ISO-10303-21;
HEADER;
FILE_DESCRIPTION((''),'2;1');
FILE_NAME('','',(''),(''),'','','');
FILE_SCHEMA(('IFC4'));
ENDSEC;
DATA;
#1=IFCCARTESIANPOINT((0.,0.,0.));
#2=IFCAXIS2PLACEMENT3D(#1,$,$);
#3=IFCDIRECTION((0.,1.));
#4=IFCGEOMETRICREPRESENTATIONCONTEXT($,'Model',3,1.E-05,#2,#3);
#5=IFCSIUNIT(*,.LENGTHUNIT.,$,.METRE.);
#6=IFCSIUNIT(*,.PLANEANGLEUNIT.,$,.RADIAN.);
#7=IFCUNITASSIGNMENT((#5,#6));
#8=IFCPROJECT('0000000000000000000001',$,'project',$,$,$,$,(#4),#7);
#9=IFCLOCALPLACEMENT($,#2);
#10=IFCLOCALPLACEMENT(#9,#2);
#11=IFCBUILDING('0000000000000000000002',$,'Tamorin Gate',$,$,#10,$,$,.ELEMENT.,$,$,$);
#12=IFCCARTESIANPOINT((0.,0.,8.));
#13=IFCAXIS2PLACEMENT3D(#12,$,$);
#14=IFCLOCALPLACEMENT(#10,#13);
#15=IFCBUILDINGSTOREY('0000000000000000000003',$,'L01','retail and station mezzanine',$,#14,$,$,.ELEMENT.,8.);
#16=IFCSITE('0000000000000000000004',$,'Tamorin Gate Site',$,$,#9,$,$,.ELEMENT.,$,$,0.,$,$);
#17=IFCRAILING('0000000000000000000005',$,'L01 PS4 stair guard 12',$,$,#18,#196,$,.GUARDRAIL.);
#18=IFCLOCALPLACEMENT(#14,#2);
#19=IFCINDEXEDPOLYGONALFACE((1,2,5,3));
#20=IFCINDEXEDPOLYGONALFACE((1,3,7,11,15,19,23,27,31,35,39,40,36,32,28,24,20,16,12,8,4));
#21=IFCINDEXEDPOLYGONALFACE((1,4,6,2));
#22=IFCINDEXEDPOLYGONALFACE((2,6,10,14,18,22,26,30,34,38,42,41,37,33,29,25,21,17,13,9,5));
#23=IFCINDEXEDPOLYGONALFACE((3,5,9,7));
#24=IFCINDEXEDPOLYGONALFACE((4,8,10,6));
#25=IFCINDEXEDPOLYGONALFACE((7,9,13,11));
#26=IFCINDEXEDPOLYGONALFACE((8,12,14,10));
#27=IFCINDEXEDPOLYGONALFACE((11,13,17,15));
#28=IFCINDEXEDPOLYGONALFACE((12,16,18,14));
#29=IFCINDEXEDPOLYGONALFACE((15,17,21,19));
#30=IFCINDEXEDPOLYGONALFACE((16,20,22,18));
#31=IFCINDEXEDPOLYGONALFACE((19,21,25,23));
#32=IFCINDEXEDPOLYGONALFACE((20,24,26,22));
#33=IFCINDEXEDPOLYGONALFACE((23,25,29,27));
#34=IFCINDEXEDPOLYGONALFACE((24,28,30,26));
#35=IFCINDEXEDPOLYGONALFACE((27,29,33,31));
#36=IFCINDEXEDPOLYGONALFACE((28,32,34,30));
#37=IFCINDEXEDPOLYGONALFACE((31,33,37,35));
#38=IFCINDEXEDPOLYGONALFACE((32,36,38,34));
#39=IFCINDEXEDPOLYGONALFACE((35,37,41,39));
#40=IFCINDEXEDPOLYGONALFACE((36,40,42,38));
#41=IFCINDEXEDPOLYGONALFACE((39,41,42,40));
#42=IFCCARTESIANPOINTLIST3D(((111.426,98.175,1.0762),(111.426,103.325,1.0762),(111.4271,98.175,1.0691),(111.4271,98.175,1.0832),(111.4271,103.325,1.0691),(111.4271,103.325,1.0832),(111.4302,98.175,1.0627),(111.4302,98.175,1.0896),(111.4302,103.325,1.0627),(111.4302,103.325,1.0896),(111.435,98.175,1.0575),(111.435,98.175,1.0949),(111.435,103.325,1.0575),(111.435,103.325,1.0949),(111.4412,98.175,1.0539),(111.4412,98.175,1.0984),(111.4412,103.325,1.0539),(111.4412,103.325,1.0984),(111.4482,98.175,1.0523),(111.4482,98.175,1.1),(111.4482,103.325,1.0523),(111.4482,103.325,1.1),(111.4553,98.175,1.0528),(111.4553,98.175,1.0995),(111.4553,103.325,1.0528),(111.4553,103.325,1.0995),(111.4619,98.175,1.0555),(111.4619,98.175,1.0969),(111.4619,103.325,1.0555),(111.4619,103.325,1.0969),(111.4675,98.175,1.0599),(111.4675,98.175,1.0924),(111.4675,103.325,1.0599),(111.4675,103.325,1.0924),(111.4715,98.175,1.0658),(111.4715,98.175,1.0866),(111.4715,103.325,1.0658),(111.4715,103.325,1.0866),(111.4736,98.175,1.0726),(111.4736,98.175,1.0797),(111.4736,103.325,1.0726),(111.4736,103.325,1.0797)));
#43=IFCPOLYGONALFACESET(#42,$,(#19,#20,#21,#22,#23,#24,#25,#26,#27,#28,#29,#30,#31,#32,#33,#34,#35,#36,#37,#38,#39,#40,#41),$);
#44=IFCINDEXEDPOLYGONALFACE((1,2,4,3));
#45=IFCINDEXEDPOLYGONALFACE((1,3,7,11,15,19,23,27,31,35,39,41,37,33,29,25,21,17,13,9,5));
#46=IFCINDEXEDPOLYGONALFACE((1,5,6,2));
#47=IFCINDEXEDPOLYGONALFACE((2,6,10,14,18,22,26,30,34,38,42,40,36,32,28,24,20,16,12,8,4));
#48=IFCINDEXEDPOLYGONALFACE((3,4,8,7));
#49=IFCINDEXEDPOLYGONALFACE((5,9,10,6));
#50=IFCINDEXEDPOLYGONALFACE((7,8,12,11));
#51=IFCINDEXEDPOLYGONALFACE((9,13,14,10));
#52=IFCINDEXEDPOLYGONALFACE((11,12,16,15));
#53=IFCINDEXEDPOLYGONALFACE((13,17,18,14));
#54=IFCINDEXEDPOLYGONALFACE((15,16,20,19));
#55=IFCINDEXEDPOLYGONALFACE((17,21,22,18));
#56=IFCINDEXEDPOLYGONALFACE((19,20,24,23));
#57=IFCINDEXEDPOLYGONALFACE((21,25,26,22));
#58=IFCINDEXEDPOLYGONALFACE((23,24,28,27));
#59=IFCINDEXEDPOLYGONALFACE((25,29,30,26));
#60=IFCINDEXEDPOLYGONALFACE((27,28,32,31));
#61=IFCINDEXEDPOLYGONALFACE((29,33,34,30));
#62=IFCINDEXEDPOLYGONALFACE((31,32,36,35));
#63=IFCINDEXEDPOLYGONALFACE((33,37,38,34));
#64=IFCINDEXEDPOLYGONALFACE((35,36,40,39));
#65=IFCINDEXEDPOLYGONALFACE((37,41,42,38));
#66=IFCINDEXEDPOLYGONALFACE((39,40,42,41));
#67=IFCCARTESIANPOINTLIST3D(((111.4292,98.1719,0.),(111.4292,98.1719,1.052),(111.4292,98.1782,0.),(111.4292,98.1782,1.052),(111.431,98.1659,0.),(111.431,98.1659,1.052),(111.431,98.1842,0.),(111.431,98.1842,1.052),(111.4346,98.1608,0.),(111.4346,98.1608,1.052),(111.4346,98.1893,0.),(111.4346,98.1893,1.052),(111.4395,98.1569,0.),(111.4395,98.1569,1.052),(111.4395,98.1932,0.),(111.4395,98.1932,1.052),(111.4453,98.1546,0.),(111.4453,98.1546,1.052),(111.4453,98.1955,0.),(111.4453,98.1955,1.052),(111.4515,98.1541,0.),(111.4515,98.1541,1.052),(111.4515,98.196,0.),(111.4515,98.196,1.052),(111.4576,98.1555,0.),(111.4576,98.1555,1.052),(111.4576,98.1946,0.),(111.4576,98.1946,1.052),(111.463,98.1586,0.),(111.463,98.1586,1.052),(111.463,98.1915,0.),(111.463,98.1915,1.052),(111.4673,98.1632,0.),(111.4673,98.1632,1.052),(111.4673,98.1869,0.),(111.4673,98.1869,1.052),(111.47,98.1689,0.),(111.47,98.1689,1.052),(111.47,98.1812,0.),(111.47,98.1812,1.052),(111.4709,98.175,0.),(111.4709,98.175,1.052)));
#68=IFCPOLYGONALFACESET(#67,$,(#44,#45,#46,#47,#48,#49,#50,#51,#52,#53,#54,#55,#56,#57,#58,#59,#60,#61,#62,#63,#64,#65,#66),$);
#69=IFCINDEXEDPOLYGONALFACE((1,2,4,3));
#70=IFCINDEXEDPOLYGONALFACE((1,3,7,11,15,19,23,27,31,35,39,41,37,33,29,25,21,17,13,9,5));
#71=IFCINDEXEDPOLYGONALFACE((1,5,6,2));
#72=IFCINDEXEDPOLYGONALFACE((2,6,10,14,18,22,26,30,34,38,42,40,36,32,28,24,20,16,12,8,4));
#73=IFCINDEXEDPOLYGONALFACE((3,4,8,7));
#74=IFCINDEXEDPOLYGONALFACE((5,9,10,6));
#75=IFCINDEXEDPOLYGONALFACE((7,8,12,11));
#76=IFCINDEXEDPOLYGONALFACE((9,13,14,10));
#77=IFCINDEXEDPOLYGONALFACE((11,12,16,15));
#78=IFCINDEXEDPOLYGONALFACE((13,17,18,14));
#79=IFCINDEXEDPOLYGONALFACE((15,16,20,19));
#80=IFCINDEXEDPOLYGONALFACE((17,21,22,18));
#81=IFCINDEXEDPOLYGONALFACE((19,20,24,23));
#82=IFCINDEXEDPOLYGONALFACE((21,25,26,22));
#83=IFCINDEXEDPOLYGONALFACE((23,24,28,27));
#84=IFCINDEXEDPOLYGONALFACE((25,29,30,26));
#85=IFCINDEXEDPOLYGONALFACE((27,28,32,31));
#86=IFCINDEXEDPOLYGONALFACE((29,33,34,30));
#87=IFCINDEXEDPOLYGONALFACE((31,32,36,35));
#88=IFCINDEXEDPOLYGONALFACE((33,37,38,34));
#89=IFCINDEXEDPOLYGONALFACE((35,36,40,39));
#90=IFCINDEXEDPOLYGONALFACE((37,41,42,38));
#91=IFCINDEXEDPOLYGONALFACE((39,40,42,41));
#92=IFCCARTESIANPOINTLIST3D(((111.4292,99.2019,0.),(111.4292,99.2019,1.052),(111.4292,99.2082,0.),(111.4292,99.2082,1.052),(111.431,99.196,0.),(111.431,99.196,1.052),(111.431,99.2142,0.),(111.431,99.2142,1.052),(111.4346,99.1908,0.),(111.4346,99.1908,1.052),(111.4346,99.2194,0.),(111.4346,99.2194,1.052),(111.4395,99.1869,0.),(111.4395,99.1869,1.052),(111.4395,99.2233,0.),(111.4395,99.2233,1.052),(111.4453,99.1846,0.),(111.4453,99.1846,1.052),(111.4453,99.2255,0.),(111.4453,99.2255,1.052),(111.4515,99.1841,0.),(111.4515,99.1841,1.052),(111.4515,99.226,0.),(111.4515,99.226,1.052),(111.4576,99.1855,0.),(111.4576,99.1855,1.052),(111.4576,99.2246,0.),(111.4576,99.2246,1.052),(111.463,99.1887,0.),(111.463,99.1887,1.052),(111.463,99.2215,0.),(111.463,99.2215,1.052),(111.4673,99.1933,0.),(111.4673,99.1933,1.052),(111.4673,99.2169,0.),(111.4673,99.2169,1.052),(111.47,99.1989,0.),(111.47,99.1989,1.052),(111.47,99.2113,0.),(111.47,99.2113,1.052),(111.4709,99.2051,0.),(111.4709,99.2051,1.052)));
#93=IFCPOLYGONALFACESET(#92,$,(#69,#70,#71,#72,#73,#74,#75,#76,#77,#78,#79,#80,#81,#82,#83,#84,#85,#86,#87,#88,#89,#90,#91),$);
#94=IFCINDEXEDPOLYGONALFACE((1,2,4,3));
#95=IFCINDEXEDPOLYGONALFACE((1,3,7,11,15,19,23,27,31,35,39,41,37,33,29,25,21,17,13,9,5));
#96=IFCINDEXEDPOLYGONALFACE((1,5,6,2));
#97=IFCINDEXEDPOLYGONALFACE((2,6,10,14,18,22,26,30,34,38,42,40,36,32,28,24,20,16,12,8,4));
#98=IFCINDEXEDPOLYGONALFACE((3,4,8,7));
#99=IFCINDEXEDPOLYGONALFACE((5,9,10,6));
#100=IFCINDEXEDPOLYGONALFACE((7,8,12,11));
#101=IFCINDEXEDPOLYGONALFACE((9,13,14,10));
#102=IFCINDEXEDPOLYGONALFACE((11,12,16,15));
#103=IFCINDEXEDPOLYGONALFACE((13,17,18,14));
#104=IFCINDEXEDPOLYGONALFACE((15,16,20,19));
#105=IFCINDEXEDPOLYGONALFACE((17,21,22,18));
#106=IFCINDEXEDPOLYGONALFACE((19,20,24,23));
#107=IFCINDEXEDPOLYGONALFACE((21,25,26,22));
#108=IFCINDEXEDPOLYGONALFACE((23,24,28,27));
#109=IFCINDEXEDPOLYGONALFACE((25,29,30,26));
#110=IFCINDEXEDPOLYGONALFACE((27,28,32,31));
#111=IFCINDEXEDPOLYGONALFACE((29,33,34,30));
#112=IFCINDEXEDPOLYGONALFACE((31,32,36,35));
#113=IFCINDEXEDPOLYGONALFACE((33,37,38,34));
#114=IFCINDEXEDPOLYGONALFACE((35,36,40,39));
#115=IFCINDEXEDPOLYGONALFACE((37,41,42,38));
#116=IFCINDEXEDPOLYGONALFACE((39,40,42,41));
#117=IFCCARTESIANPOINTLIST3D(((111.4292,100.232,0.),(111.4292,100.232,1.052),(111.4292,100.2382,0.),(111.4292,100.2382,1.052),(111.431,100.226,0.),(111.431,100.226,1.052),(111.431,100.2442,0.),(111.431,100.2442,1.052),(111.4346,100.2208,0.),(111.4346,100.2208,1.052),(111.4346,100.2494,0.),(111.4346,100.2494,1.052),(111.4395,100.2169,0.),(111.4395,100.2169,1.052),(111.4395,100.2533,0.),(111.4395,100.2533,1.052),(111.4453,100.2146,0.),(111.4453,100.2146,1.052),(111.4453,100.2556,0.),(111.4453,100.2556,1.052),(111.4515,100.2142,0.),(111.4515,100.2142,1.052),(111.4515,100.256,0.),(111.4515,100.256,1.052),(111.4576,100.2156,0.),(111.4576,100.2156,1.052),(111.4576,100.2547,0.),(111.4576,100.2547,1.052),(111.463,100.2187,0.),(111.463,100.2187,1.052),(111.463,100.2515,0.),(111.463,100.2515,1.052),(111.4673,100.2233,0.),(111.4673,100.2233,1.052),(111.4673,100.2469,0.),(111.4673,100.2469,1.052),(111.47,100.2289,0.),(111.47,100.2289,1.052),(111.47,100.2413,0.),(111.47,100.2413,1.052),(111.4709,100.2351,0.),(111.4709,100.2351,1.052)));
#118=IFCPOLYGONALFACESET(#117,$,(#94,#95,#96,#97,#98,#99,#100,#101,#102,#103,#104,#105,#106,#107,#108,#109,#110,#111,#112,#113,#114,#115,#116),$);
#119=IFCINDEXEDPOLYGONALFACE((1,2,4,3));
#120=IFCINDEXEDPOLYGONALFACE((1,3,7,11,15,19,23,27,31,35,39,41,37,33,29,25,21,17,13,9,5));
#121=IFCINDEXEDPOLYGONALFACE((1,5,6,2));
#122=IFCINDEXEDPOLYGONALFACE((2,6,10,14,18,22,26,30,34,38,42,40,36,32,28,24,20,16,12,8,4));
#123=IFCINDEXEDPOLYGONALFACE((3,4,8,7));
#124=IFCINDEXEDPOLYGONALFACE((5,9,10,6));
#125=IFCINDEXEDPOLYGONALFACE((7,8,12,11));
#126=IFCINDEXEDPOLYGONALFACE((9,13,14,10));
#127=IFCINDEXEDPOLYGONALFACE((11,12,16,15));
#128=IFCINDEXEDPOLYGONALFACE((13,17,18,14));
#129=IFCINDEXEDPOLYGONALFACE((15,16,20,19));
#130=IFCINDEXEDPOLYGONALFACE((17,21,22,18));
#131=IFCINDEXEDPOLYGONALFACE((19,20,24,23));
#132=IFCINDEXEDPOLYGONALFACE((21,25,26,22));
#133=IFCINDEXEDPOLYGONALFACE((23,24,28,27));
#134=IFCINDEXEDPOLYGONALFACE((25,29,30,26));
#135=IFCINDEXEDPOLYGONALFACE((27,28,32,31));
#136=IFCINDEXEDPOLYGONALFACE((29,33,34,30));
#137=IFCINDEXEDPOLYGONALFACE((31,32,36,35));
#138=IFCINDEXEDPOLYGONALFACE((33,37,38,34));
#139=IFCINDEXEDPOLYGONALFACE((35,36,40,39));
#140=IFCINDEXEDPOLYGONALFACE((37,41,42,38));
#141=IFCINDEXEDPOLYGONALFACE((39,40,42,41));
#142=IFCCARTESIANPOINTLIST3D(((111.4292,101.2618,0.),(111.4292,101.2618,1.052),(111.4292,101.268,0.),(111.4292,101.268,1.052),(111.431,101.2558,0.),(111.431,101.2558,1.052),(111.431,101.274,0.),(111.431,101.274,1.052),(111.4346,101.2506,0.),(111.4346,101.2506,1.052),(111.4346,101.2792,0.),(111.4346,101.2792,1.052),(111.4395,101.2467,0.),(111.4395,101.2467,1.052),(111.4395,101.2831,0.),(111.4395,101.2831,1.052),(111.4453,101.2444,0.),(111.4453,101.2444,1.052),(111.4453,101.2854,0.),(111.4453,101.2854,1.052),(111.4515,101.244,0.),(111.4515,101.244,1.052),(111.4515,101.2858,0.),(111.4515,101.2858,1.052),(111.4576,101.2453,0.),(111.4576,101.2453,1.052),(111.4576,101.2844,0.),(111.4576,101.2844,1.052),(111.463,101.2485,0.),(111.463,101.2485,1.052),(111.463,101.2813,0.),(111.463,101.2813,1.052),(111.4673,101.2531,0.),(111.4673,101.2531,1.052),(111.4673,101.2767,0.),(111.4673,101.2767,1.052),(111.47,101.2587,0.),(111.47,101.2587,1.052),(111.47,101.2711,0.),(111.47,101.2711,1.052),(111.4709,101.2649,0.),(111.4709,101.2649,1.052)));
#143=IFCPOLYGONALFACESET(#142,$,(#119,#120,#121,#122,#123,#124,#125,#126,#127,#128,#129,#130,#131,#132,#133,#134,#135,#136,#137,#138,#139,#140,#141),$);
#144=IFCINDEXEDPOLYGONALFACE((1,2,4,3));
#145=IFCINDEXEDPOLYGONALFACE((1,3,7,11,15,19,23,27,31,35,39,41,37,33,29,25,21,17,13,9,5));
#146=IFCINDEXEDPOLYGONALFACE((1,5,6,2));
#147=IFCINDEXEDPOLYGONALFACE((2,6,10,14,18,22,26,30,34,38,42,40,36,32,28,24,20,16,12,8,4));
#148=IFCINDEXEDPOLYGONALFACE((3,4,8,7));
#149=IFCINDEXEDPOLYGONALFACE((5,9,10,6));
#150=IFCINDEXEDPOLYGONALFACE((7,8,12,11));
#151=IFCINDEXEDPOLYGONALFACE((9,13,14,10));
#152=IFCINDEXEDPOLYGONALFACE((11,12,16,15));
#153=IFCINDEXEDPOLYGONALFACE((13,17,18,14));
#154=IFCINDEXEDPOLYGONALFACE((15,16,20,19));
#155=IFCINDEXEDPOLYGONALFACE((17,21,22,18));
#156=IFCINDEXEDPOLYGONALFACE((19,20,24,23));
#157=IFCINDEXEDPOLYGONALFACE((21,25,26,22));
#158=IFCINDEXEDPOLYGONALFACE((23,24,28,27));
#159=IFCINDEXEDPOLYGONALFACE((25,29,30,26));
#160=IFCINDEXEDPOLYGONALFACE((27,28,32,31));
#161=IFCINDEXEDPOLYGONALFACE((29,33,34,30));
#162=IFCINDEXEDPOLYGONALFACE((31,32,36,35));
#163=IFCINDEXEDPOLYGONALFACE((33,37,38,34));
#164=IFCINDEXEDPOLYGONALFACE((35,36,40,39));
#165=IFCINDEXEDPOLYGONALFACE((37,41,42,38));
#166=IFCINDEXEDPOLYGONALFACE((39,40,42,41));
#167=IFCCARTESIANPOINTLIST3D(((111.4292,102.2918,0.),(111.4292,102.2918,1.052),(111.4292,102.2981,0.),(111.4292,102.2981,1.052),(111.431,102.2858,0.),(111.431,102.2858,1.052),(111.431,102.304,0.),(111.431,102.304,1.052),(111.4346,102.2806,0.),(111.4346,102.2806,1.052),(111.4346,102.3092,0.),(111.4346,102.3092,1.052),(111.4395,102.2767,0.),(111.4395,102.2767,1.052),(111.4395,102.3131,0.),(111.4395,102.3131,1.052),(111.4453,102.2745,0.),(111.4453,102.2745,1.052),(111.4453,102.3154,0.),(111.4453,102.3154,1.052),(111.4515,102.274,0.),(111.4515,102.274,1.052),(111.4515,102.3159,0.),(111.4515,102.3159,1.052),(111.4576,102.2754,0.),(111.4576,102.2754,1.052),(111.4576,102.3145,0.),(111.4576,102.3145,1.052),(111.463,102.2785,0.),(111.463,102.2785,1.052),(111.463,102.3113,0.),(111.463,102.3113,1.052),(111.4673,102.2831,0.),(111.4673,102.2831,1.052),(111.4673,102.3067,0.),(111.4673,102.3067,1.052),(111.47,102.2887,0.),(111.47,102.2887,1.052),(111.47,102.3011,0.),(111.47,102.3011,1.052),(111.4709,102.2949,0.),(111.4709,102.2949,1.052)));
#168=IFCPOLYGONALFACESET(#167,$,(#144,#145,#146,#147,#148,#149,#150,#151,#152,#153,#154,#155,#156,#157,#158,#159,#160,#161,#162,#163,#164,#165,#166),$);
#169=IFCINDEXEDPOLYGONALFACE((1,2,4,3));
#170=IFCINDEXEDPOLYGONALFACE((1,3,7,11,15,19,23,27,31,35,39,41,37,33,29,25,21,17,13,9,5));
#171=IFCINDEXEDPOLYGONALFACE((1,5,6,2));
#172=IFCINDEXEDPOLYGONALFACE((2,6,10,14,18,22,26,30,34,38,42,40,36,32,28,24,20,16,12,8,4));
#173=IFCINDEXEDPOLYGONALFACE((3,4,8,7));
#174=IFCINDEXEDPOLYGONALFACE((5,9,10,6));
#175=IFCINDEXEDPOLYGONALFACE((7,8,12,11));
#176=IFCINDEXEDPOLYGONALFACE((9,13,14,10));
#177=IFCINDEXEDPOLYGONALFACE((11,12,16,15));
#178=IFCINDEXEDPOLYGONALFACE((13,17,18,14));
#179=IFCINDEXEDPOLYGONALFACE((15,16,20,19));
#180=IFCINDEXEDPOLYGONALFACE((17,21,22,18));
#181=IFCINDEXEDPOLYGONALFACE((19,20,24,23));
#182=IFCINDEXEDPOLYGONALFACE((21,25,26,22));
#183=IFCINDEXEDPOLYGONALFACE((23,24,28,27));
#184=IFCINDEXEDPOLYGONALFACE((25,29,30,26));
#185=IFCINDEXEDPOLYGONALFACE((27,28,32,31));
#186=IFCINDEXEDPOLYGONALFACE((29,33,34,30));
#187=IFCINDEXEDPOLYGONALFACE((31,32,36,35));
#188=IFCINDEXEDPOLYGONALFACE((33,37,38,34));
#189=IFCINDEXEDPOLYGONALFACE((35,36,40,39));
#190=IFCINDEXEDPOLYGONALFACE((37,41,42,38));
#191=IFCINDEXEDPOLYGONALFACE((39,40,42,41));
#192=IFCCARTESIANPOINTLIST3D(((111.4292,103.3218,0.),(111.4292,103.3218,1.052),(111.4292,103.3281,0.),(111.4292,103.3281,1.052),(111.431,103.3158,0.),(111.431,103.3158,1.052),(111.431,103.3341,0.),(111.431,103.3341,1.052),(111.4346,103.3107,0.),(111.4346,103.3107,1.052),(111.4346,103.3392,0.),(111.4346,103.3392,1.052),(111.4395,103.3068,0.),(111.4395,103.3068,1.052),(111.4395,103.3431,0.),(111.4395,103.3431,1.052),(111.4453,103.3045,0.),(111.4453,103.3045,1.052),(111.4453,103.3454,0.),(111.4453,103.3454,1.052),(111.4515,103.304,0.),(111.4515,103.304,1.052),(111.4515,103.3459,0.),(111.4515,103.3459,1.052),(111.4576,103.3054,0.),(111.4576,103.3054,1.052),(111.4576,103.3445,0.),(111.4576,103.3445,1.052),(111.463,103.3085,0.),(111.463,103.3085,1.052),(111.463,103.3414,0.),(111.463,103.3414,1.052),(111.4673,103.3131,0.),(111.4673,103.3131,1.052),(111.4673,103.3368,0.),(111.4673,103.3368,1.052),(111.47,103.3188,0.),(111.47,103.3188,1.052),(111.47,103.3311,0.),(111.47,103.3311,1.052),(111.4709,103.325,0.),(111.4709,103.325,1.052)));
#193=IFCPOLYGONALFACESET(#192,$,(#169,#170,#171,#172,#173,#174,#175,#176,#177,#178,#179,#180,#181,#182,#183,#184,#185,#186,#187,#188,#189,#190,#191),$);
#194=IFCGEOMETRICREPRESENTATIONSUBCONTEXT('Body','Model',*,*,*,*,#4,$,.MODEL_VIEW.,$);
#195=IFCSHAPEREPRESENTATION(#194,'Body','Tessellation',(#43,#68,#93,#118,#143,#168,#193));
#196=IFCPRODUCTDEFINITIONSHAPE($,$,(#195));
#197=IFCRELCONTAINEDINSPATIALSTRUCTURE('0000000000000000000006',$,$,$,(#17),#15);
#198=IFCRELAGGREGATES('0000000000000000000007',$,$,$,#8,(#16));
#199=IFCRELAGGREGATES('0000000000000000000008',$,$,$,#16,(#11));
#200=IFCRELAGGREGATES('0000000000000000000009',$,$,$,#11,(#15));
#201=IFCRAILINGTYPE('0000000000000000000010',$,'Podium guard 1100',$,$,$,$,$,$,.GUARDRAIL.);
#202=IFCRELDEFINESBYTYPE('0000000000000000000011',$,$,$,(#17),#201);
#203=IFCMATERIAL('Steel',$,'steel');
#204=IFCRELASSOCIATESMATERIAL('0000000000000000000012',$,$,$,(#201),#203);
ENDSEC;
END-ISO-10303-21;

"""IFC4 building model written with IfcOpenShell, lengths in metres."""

from ifc_helpers import new_model, si_unit, direction, frame, origin, origin_2d, place, context, subcontext, project, spatial, circle, extrude, material, type_object, element, save


model = new_model("IFC4")

# Units and contexts
model_context = context("Model", 3, precision=1e-05, world=origin(), true_north=direction((0.0, 1.0)))
body_context = subcontext(model_context, "Body", "Model", "MODEL_VIEW")
ifc_project = project(units=[si_unit("LENGTHUNIT", "METRE"), si_unit("PLANEANGLEUNIT", "RADIAN")], contexts=[model_context])

# Site, building, storey
site_placement = place(None, origin())
site = spatial("IfcSite", under=ifc_project, at=site_placement, Name="Tamorin Gate Site", CompositionType="ELEMENT", RefElevation=0.0)
building_placement = place(site_placement, origin())
building = spatial("IfcBuilding", under=site, at=building_placement, Name="Tamorin Gate", CompositionType="ELEMENT")
storey_placement = place(building_placement, frame((0.0, 0.0, 8.0)))
storey = spatial("IfcBuildingStorey", under=building, at=storey_placement, Name="L01", Description="retail and station mezzanine", CompositionType="ELEMENT", Elevation=8.0)

# Railing
ifc_material_1 = material(Name="Steel", Category="steel")
railing_type = type_object("IfcRailingType", Name="Podium guard 1100", PredefinedType="GUARDRAIL", material=ifc_material_1)
railing_1_placement = place(storey_placement, frame((111.45, 98.175, 0.0)))
element("IfcRailing", 1, at=railing_1_placement, inside=storey, type_object=railing_type, Name="L01 PS4 stair guard 12", PredefinedType="GUARDRAIL", context=body_context, shape_type="SweptSolid", body=[
    extrude(circle(Radius=0.0239, at=origin_2d()), frame((0.0, 0.0, 1.0762), z_axis=(0.0, 1.0, 0.0), x_axis=(-1.0, 0.0, 0.0)), (0.0, 0.0, 1.0), 5.1499),
    extrude(circle(Radius=0.021, at=origin_2d()), origin(), (0.0, 0.0, 1.0), 1.052),
    extrude(circle(Radius=0.021, at=origin_2d()), frame((0.0, 1.03, 0.0)), (0.0, 0.0, 1.0), 1.052),
    extrude(circle(Radius=0.021, at=origin_2d()), frame((0.0, 2.0601, 0.0)), (0.0, 0.0, 1.0), 1.052),
    extrude(circle(Radius=0.021, at=origin_2d()), frame((0.0, 3.0898, 0.0)), (0.0, 0.0, 1.0), 1.052),
    extrude(circle(Radius=0.021, at=origin_2d()), frame((0.0, 4.1199, 0.0)), (0.0, 0.0, 1.0), 1.052),
    extrude(circle(Radius=0.021, at=origin_2d()), frame((0.0, 5.1499, 0.0)), (0.0, 0.0, 1.0), 1.052),
])

save(model, "model.ifc")
